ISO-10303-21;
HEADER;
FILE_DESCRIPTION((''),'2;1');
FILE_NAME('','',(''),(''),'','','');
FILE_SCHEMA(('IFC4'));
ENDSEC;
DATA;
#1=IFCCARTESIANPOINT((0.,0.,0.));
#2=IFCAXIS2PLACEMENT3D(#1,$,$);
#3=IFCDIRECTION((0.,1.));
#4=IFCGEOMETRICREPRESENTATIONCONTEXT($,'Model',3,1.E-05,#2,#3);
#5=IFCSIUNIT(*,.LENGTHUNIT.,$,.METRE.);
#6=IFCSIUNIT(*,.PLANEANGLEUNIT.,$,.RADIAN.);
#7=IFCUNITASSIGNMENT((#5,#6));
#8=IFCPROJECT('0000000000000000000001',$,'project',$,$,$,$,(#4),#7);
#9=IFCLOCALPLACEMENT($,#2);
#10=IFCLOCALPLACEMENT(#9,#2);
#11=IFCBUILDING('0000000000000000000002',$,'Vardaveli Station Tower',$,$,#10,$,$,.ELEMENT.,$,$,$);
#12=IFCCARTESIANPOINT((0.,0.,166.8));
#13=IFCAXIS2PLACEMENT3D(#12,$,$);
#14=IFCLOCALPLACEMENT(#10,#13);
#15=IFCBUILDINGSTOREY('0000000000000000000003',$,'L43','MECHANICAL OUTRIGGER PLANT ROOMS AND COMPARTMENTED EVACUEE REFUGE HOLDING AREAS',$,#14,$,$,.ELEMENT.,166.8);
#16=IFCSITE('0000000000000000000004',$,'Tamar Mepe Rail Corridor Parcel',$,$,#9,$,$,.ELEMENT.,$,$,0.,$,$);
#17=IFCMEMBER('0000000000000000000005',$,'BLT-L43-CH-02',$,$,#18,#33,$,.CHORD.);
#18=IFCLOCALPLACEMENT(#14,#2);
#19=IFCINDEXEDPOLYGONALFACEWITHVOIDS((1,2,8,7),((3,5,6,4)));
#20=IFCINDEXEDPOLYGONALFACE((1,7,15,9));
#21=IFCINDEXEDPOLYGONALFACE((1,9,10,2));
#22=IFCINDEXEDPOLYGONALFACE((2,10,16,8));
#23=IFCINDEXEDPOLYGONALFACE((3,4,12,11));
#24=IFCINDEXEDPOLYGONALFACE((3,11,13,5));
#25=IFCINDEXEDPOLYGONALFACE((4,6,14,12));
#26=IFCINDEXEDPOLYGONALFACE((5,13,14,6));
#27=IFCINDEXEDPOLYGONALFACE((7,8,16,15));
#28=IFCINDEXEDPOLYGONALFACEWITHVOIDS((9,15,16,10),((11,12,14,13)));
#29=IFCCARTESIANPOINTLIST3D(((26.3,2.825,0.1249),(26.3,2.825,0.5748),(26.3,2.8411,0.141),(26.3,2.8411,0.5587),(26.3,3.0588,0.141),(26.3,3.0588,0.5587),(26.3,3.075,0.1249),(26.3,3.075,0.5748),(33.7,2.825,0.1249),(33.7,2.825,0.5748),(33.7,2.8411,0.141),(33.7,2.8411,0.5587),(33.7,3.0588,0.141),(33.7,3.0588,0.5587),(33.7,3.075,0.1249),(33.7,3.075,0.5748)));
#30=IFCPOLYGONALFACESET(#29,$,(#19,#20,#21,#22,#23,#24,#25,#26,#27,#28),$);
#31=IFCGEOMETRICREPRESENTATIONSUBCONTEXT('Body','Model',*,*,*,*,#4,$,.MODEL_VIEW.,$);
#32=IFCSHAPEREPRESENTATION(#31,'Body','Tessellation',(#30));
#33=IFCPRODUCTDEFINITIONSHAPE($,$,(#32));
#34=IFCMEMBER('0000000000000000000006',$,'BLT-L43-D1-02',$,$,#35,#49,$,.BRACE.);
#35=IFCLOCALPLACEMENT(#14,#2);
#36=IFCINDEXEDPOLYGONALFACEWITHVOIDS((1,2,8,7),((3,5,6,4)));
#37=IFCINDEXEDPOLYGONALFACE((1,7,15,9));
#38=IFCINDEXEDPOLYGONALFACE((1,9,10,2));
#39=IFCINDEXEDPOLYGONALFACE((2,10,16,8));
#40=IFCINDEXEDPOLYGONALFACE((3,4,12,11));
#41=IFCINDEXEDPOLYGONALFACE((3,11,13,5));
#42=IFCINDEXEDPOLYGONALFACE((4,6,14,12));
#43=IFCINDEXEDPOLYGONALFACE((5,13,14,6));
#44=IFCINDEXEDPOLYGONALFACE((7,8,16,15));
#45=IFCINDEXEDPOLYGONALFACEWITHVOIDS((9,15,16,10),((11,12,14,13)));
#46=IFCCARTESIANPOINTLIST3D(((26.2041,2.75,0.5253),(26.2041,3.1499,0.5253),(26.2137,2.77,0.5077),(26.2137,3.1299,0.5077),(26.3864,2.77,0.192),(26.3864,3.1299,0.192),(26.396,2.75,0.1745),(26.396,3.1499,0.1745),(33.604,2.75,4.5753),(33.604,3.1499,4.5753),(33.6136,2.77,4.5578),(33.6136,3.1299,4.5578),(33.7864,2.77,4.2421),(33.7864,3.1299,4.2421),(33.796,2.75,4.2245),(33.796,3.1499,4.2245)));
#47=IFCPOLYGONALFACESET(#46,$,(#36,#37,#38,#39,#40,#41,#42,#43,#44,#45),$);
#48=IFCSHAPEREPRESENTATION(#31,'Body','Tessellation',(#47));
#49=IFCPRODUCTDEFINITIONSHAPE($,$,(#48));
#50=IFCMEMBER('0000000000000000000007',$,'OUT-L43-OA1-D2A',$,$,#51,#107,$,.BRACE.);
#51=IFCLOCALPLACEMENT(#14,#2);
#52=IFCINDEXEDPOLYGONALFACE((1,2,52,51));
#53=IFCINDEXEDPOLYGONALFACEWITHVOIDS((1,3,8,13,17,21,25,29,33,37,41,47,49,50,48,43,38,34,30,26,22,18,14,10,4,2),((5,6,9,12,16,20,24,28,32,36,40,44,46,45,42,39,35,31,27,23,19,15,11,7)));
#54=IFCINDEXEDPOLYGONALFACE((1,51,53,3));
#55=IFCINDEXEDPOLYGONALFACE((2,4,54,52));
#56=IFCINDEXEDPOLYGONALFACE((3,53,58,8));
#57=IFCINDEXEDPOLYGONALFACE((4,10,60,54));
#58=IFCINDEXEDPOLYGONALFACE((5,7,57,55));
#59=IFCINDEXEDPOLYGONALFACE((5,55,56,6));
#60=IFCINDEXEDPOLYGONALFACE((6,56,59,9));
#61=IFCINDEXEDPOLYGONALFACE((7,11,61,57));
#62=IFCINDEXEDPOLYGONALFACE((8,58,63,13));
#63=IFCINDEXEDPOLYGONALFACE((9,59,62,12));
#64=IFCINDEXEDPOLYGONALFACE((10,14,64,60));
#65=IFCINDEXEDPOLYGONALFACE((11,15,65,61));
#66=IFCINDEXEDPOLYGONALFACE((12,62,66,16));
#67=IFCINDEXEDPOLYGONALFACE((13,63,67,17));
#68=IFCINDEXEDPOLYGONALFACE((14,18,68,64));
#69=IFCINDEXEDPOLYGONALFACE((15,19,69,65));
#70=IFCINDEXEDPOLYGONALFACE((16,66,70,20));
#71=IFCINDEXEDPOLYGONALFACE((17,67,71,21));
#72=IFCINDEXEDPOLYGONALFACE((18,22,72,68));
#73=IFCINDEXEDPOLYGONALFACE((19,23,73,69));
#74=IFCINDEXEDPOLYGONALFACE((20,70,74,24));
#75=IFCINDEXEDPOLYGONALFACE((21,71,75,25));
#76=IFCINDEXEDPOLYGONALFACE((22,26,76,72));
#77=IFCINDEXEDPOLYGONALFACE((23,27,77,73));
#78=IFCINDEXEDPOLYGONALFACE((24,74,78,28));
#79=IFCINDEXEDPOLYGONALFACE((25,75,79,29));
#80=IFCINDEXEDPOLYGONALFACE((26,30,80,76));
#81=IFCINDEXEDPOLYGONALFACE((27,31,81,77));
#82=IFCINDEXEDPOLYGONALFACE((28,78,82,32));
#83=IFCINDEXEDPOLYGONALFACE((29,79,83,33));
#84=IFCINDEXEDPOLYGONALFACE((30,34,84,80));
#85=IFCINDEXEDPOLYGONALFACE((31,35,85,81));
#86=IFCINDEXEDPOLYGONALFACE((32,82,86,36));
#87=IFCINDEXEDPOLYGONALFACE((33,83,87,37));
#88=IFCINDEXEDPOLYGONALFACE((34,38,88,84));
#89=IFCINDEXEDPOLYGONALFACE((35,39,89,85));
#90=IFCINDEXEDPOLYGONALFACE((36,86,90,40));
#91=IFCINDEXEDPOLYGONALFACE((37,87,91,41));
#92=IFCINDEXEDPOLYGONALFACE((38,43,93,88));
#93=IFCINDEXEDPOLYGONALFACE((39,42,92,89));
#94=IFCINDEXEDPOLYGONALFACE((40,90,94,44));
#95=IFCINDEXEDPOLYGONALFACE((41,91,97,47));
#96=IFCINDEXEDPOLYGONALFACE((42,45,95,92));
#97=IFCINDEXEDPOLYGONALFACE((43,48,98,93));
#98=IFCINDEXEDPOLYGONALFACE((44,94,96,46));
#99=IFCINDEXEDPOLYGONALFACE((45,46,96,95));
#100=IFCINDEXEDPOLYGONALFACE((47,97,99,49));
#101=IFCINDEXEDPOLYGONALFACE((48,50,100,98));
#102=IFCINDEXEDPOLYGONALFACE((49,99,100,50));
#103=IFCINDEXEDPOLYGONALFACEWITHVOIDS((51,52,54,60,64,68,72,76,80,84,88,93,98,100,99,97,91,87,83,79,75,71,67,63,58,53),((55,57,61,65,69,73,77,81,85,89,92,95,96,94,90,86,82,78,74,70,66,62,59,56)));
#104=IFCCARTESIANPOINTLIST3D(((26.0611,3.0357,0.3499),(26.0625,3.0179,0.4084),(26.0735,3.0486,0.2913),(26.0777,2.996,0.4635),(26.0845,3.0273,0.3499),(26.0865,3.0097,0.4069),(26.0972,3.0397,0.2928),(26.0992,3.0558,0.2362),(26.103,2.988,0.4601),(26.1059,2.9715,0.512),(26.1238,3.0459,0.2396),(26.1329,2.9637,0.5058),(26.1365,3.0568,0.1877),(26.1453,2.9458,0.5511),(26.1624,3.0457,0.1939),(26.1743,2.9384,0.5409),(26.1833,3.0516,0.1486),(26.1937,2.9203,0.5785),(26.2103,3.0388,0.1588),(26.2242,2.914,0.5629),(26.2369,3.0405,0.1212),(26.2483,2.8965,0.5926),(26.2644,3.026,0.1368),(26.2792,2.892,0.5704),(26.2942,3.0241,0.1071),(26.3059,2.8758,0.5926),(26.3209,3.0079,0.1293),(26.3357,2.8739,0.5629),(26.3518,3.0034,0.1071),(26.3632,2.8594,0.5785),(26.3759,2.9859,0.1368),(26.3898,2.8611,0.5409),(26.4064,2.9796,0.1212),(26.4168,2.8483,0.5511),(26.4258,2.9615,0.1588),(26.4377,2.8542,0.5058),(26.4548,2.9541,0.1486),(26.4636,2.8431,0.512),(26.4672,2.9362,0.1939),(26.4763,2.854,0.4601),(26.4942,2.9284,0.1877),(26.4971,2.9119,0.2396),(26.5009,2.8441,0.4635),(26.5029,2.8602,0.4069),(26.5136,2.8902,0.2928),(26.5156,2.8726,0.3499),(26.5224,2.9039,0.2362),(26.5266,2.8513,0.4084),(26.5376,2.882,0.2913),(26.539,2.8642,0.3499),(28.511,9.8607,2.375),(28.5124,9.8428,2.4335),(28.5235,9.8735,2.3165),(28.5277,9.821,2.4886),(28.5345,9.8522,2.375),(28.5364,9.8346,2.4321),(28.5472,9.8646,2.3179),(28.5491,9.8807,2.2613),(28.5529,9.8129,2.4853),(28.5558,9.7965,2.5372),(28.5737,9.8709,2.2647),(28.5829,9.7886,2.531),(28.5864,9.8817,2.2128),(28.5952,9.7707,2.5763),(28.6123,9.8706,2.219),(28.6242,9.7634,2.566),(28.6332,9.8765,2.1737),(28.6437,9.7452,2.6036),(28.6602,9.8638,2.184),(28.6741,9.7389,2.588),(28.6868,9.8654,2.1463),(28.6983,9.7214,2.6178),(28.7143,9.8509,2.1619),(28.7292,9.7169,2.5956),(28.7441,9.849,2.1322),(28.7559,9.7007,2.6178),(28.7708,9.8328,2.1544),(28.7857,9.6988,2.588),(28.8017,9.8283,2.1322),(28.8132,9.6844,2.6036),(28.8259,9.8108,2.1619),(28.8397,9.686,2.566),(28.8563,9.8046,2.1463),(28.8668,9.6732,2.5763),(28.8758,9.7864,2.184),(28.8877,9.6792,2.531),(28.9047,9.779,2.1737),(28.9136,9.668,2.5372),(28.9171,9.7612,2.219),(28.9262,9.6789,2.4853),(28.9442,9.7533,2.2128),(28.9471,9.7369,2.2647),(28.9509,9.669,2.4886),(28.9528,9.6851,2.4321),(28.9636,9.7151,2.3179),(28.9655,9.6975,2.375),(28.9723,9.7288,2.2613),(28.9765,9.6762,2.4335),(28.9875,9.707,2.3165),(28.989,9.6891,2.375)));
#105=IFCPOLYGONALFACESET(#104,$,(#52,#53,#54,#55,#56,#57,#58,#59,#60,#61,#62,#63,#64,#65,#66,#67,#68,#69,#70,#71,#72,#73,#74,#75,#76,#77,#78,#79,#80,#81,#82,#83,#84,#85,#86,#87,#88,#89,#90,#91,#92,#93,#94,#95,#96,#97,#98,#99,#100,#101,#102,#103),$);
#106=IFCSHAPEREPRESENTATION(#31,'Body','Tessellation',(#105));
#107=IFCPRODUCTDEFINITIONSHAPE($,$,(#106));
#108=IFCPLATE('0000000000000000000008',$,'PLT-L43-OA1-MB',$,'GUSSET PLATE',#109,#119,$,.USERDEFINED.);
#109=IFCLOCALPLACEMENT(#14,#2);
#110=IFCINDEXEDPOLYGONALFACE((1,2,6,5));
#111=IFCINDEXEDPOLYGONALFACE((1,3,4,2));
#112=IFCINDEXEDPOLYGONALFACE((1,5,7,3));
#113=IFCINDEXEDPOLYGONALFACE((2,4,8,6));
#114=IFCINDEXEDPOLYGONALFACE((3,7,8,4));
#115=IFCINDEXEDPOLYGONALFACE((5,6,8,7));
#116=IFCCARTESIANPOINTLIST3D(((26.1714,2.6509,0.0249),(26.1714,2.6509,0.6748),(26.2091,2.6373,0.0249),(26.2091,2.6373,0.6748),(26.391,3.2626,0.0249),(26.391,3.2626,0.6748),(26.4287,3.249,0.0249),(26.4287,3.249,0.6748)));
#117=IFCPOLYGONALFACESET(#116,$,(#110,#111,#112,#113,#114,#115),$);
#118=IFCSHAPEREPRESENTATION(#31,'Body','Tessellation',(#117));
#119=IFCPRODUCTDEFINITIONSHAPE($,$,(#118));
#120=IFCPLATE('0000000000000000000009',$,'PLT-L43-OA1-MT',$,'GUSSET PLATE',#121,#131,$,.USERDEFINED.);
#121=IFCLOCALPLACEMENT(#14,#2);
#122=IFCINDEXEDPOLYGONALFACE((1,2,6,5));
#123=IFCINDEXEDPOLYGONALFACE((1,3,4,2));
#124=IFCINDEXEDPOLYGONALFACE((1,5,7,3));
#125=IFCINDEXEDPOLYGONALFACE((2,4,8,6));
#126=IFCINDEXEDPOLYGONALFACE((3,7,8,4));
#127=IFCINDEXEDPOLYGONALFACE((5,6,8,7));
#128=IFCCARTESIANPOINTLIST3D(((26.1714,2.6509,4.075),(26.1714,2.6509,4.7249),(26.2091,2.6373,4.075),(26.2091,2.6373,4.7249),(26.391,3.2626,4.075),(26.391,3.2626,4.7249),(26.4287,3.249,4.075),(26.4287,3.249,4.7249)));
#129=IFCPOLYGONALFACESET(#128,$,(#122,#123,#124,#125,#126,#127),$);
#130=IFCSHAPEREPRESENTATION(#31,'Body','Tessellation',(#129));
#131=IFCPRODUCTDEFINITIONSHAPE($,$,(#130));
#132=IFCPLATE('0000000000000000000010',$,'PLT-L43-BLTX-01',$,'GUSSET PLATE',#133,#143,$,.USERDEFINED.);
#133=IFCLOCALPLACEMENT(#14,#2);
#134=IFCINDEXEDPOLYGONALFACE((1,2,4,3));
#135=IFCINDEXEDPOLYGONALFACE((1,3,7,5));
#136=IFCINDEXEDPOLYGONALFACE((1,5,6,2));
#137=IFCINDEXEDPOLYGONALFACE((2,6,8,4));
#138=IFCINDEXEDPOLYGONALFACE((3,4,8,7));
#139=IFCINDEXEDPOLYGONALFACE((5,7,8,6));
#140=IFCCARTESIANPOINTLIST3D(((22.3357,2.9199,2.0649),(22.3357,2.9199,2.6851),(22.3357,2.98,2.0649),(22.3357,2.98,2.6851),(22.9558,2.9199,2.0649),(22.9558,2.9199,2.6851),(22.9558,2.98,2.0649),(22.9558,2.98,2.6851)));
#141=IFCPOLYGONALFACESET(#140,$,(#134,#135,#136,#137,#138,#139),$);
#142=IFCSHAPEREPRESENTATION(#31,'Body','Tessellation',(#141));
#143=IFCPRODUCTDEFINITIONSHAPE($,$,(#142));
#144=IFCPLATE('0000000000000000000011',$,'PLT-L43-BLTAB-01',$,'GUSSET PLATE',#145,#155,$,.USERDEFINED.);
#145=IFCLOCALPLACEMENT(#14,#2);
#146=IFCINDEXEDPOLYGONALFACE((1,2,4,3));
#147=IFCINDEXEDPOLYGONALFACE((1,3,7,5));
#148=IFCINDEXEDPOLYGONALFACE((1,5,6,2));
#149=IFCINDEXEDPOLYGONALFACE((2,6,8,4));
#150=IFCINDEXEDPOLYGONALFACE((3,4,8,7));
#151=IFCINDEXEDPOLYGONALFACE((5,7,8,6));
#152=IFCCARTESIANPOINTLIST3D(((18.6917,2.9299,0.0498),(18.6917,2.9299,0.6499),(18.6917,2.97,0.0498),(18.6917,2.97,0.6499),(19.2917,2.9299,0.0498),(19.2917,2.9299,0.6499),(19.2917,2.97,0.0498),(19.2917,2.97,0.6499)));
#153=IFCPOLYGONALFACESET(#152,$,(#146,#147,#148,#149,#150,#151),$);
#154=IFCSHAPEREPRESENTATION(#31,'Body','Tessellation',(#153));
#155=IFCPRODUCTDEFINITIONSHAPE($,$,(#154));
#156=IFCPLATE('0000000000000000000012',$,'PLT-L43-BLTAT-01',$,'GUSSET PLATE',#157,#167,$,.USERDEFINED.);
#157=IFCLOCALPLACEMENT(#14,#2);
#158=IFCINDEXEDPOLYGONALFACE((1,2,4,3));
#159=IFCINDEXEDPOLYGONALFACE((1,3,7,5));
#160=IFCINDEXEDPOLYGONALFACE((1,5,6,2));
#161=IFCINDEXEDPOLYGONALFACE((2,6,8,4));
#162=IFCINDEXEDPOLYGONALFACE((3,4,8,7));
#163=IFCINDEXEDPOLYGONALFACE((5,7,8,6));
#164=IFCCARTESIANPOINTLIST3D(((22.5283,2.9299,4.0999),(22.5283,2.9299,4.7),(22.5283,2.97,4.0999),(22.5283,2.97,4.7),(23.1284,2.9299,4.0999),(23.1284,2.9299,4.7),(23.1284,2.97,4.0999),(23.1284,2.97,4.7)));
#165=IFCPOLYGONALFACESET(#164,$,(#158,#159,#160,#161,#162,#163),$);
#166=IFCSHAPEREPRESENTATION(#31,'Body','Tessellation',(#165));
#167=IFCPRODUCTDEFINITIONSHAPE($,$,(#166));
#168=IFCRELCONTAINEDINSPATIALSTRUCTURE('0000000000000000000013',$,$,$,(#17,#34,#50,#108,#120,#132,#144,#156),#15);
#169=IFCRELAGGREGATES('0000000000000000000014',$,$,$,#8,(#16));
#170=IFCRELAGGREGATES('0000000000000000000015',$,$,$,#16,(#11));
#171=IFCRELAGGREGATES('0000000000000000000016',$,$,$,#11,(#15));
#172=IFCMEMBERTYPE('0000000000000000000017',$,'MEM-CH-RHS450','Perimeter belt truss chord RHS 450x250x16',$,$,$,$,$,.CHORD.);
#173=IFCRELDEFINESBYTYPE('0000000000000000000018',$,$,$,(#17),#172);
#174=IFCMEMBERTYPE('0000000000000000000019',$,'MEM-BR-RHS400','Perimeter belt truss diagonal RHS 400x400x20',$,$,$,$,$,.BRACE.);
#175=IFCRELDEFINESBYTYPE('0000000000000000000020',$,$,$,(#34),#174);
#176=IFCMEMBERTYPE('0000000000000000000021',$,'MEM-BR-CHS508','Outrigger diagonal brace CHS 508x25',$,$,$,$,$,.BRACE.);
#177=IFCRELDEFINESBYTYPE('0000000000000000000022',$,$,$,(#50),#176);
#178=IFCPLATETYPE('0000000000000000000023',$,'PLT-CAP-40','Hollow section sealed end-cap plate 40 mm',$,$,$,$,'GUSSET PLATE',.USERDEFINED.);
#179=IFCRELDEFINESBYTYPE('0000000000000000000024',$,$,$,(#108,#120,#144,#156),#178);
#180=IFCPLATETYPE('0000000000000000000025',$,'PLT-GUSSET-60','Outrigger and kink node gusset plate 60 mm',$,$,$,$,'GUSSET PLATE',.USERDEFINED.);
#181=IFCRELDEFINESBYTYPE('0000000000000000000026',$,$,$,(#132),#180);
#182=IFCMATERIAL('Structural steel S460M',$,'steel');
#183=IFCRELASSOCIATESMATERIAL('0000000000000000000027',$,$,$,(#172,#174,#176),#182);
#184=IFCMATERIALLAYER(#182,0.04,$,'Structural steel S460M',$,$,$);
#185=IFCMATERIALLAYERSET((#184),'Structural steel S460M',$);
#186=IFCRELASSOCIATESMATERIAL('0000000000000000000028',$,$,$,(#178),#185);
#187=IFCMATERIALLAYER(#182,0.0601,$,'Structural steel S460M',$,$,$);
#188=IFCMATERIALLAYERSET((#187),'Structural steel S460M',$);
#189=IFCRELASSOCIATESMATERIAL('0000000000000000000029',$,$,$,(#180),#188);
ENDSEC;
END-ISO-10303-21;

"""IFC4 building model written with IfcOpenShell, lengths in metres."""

from ifc_helpers import new_model, si_unit, direction, frame, origin, origin_2d, place, context, subcontext, project, spatial, rectangle, hollow_rectangle, hollow_circle, extrude, source, transform, mapped, material, layer, layer_set, material_profile, profile_set, type_object, element, save


model = new_model("IFC4")

# Units and contexts
model_context = context("Model", 3, precision=1e-05, world=origin(), true_north=direction((0.0, 1.0)))
body_context = subcontext(model_context, "Body", "Model", "MODEL_VIEW")
ifc_project = project(units=[si_unit("LENGTHUNIT", "METRE"), si_unit("PLANEANGLEUNIT", "RADIAN")], contexts=[model_context])

# Site, building, storey
site_placement = place(None, origin())
site = spatial("IfcSite", under=ifc_project, at=site_placement, Name="Tamar Mepe Rail Corridor Parcel", CompositionType="ELEMENT", RefElevation=0.0)
building_placement = place(site_placement, origin())
building = spatial("IfcBuilding", under=site, at=building_placement, Name="Vardaveli Station Tower", CompositionType="ELEMENT")
storey_placement = place(building_placement, frame((0.0, 0.0, 166.8)))
storey = spatial("IfcBuildingStorey", under=building, at=storey_placement, Name="L43", Description="MECHANICAL OUTRIGGER PLANT ROOMS AND COMPARTMENTED EVACUEE REFUGE HOLDING AREAS", CompositionType="ELEMENT", Elevation=166.8)

# Shared definitions
ifc_material_1 = material(Name="Structural steel S460M", Category="steel")

# Members
ifc_material_profile_1 = material_profile(ifc_material_1, hollow_rectangle(XDim=0.25, YDim=0.45, WallThickness=0.0161, at=origin_2d()), Name="RHS 450x250x16")
ifc_profile_set_1 = profile_set([ifc_material_profile_1], Name="Structural steel S460M")
member_type_1 = type_object("IfcMemberType", Name="MEM-CH-RHS450", Description="Perimeter belt truss chord RHS 450x250x16", PredefinedType="CHORD", material=ifc_profile_set_1)
ifc_material_profile_2 = material_profile(ifc_material_1, hollow_rectangle(XDim=0.3999, YDim=0.3999, WallThickness=0.02, at=origin_2d()), Name="RHS 400x400x20")
ifc_profile_set_2 = profile_set([ifc_material_profile_2], Name="Structural steel S460M")
member_type_2 = type_object("IfcMemberType", Name="MEM-BR-RHS400", Description="Perimeter belt truss diagonal RHS 400x400x20", PredefinedType="BRACE", material=ifc_profile_set_2)
shared_shape_1 = source(origin(), body_context, "Body", "SweptSolid", [
    extrude(hollow_rectangle(XDim=0.25, YDim=0.45, WallThickness=0.0161, at=origin_2d()), origin(), (0.0, 0.0, 1.0), 7.3999),
])
member_1_placement = place(storey_placement, frame((26.3, 2.95, 0.3499), z_axis=(1.0, 0.0, 0.0), x_axis=(0.0, 1.0, 0.0)))
element("IfcMember", 1, at=member_1_placement, inside=storey, type_object=member_type_1, Name="BLT-L43-CH-02", PredefinedType="CHORD", context=body_context, shape_type="MappedRepresentation", body=[
    mapped(shared_shape_1, transform((0.0, 0.0, 0.0), scale=1.0)),
])
shared_shape_2 = source(origin(), body_context, "Body", "SweptSolid", [
    extrude(hollow_rectangle(XDim=0.3999, YDim=0.3999, WallThickness=0.02, at=origin_2d()), origin(), (0.0, 0.0, 1.0), 8.4358),
])
member_2_placement = place(storey_placement, frame((26.3, 2.95, 0.3499), z_axis=(0.87721, 0.0, 0.480107), x_axis=(0.0, 1.0, 0.0)))
element("IfcMember", 2, at=member_2_placement, inside=storey, type_object=member_type_2, Name="BLT-L43-D1-02", PredefinedType="BRACE", context=body_context, shape_type="MappedRepresentation", body=[
    mapped(shared_shape_2, transform((0.0, 0.0, 0.0), scale=1.0)),
])
ifc_material_profile_3 = material_profile(ifc_material_1, hollow_circle(Radius=0.2539, WallThickness=0.0249, at=origin_2d()), Name="CHS 508x25")
ifc_profile_set_3 = profile_set([ifc_material_profile_3], Name="Structural steel S460M")
member_type_3 = type_object("IfcMemberType", Name="MEM-BR-CHS508", Description="Outrigger diagonal brace CHS 508x25", PredefinedType="BRACE", material=ifc_profile_set_3)
shared_shape_3 = source(origin(), body_context, "Body", "SweptSolid", [
    extrude(hollow_circle(Radius=0.2539, WallThickness=0.0249, at=origin_2d()), origin(), (0.0, 0.0, 1.0), 7.5288),
])
member_3_placement = place(storey_placement, frame((26.3, 2.95, 0.3499), z_axis=(0.325409, 0.906508, 0.268985), x_axis=(-0.941196, 0.337861, 0.0)))
element("IfcMember", 3, at=member_3_placement, inside=storey, type_object=member_type_3, Name="OUT-L43-OA1-D2A", PredefinedType="BRACE", context=body_context, shape_type="MappedRepresentation", body=[
    mapped(shared_shape_3, transform((0.0, 0.0, 0.0), scale=1.0)),
])

# Plates
ifc_layer_1 = layer(ifc_material_1, 0.04, Name="Structural steel S460M")
ifc_layer_set_1 = layer_set([ifc_layer_1], Name="Structural steel S460M")
plate_type_1 = type_object("IfcPlateType", Name="PLT-CAP-40", Description="Hollow section sealed end-cap plate 40 mm", ElementType="GUSSET PLATE", PredefinedType="USERDEFINED", material=ifc_layer_set_1)
shared_shape_4 = source(origin(), body_context, "Body", "SweptSolid", [
    extrude(rectangle(XDim=0.6499, YDim=0.04, at=origin_2d()), origin(), (0.0, 0.0, 1.0), 0.6499),
])
for number, where, z_axis, x_axis, name in (
    (4, (26.3, 2.95, 0.0249), (0.0, 0.0, 1.0), (-0.337917, -0.941176, 0.0), "PLT-L43-OA1-MB"),
    (5, (26.3, 2.95, 4.075), (0.0, 0.0, 1.0), (-0.337917, -0.941176, 0.0), "PLT-L43-OA1-MT"),
):
    element("IfcPlate", number, at=place(storey_placement, frame(where, z_axis=z_axis, x_axis=x_axis)), inside=storey, type_object=plate_type_1, Name=name, ObjectType="GUSSET PLATE", PredefinedType="USERDEFINED", context=body_context, shape_type="MappedRepresentation", body=[
        mapped(shared_shape_4, transform((0.0, 0.0, 0.0), scale=1.0)),
    ])
ifc_layer_2 = layer(ifc_material_1, 0.0601, Name="Structural steel S460M")
ifc_layer_set_2 = layer_set([ifc_layer_2], Name="Structural steel S460M")
plate_type_2 = type_object("IfcPlateType", Name="PLT-GUSSET-60", Description="Outrigger and kink node gusset plate 60 mm", ElementType="GUSSET PLATE", PredefinedType="USERDEFINED", material=ifc_layer_set_2)
shared_shape_5 = source(origin(), body_context, "Body", "SweptSolid", [
    extrude(rectangle(XDim=0.6201, YDim=0.0601, at=origin_2d()), origin(), (0.0, 0.0, 1.0), 0.6201),
])
plate_placement = place(storey_placement, frame((22.6458, 2.95, 2.0649), z_axis=(0.0, 0.0, 1.0), x_axis=(1.0, 0.0, 0.0)))
element("IfcPlate", 6, at=plate_placement, inside=storey, type_object=plate_type_2, Name="PLT-L43-BLTX-01", ObjectType="GUSSET PLATE", PredefinedType="USERDEFINED", context=body_context, shape_type="MappedRepresentation", body=[
    mapped(shared_shape_5, transform((0.0, 0.0, 0.0), scale=1.0)),
])
shared_shape_6 = source(origin(), body_context, "Body", "SweptSolid", [
    extrude(rectangle(XDim=0.6001, YDim=0.04, at=origin_2d()), origin(), (0.0, 0.0, 1.0), 0.6001),
])
for number, where, z_axis, x_axis, name in (
    (7, (18.9917, 2.95, 0.0498), (0.0, 0.0, 1.0), (1.0, 0.0, 0.0), "PLT-L43-BLTAB-01"),
    (8, (22.8284, 2.95, 4.0999), (0.0, 0.0, 1.0), (1.0, 0.0, 0.0), "PLT-L43-BLTAT-01"),
):
    element("IfcPlate", number, at=place(storey_placement, frame(where, z_axis=z_axis, x_axis=x_axis)), inside=storey, type_object=plate_type_1, Name=name, ObjectType="GUSSET PLATE", PredefinedType="USERDEFINED", context=body_context, shape_type="MappedRepresentation", body=[
        mapped(shared_shape_6, transform((0.0, 0.0, 0.0), scale=1.0)),
    ])

save(model, "model.ifc")
